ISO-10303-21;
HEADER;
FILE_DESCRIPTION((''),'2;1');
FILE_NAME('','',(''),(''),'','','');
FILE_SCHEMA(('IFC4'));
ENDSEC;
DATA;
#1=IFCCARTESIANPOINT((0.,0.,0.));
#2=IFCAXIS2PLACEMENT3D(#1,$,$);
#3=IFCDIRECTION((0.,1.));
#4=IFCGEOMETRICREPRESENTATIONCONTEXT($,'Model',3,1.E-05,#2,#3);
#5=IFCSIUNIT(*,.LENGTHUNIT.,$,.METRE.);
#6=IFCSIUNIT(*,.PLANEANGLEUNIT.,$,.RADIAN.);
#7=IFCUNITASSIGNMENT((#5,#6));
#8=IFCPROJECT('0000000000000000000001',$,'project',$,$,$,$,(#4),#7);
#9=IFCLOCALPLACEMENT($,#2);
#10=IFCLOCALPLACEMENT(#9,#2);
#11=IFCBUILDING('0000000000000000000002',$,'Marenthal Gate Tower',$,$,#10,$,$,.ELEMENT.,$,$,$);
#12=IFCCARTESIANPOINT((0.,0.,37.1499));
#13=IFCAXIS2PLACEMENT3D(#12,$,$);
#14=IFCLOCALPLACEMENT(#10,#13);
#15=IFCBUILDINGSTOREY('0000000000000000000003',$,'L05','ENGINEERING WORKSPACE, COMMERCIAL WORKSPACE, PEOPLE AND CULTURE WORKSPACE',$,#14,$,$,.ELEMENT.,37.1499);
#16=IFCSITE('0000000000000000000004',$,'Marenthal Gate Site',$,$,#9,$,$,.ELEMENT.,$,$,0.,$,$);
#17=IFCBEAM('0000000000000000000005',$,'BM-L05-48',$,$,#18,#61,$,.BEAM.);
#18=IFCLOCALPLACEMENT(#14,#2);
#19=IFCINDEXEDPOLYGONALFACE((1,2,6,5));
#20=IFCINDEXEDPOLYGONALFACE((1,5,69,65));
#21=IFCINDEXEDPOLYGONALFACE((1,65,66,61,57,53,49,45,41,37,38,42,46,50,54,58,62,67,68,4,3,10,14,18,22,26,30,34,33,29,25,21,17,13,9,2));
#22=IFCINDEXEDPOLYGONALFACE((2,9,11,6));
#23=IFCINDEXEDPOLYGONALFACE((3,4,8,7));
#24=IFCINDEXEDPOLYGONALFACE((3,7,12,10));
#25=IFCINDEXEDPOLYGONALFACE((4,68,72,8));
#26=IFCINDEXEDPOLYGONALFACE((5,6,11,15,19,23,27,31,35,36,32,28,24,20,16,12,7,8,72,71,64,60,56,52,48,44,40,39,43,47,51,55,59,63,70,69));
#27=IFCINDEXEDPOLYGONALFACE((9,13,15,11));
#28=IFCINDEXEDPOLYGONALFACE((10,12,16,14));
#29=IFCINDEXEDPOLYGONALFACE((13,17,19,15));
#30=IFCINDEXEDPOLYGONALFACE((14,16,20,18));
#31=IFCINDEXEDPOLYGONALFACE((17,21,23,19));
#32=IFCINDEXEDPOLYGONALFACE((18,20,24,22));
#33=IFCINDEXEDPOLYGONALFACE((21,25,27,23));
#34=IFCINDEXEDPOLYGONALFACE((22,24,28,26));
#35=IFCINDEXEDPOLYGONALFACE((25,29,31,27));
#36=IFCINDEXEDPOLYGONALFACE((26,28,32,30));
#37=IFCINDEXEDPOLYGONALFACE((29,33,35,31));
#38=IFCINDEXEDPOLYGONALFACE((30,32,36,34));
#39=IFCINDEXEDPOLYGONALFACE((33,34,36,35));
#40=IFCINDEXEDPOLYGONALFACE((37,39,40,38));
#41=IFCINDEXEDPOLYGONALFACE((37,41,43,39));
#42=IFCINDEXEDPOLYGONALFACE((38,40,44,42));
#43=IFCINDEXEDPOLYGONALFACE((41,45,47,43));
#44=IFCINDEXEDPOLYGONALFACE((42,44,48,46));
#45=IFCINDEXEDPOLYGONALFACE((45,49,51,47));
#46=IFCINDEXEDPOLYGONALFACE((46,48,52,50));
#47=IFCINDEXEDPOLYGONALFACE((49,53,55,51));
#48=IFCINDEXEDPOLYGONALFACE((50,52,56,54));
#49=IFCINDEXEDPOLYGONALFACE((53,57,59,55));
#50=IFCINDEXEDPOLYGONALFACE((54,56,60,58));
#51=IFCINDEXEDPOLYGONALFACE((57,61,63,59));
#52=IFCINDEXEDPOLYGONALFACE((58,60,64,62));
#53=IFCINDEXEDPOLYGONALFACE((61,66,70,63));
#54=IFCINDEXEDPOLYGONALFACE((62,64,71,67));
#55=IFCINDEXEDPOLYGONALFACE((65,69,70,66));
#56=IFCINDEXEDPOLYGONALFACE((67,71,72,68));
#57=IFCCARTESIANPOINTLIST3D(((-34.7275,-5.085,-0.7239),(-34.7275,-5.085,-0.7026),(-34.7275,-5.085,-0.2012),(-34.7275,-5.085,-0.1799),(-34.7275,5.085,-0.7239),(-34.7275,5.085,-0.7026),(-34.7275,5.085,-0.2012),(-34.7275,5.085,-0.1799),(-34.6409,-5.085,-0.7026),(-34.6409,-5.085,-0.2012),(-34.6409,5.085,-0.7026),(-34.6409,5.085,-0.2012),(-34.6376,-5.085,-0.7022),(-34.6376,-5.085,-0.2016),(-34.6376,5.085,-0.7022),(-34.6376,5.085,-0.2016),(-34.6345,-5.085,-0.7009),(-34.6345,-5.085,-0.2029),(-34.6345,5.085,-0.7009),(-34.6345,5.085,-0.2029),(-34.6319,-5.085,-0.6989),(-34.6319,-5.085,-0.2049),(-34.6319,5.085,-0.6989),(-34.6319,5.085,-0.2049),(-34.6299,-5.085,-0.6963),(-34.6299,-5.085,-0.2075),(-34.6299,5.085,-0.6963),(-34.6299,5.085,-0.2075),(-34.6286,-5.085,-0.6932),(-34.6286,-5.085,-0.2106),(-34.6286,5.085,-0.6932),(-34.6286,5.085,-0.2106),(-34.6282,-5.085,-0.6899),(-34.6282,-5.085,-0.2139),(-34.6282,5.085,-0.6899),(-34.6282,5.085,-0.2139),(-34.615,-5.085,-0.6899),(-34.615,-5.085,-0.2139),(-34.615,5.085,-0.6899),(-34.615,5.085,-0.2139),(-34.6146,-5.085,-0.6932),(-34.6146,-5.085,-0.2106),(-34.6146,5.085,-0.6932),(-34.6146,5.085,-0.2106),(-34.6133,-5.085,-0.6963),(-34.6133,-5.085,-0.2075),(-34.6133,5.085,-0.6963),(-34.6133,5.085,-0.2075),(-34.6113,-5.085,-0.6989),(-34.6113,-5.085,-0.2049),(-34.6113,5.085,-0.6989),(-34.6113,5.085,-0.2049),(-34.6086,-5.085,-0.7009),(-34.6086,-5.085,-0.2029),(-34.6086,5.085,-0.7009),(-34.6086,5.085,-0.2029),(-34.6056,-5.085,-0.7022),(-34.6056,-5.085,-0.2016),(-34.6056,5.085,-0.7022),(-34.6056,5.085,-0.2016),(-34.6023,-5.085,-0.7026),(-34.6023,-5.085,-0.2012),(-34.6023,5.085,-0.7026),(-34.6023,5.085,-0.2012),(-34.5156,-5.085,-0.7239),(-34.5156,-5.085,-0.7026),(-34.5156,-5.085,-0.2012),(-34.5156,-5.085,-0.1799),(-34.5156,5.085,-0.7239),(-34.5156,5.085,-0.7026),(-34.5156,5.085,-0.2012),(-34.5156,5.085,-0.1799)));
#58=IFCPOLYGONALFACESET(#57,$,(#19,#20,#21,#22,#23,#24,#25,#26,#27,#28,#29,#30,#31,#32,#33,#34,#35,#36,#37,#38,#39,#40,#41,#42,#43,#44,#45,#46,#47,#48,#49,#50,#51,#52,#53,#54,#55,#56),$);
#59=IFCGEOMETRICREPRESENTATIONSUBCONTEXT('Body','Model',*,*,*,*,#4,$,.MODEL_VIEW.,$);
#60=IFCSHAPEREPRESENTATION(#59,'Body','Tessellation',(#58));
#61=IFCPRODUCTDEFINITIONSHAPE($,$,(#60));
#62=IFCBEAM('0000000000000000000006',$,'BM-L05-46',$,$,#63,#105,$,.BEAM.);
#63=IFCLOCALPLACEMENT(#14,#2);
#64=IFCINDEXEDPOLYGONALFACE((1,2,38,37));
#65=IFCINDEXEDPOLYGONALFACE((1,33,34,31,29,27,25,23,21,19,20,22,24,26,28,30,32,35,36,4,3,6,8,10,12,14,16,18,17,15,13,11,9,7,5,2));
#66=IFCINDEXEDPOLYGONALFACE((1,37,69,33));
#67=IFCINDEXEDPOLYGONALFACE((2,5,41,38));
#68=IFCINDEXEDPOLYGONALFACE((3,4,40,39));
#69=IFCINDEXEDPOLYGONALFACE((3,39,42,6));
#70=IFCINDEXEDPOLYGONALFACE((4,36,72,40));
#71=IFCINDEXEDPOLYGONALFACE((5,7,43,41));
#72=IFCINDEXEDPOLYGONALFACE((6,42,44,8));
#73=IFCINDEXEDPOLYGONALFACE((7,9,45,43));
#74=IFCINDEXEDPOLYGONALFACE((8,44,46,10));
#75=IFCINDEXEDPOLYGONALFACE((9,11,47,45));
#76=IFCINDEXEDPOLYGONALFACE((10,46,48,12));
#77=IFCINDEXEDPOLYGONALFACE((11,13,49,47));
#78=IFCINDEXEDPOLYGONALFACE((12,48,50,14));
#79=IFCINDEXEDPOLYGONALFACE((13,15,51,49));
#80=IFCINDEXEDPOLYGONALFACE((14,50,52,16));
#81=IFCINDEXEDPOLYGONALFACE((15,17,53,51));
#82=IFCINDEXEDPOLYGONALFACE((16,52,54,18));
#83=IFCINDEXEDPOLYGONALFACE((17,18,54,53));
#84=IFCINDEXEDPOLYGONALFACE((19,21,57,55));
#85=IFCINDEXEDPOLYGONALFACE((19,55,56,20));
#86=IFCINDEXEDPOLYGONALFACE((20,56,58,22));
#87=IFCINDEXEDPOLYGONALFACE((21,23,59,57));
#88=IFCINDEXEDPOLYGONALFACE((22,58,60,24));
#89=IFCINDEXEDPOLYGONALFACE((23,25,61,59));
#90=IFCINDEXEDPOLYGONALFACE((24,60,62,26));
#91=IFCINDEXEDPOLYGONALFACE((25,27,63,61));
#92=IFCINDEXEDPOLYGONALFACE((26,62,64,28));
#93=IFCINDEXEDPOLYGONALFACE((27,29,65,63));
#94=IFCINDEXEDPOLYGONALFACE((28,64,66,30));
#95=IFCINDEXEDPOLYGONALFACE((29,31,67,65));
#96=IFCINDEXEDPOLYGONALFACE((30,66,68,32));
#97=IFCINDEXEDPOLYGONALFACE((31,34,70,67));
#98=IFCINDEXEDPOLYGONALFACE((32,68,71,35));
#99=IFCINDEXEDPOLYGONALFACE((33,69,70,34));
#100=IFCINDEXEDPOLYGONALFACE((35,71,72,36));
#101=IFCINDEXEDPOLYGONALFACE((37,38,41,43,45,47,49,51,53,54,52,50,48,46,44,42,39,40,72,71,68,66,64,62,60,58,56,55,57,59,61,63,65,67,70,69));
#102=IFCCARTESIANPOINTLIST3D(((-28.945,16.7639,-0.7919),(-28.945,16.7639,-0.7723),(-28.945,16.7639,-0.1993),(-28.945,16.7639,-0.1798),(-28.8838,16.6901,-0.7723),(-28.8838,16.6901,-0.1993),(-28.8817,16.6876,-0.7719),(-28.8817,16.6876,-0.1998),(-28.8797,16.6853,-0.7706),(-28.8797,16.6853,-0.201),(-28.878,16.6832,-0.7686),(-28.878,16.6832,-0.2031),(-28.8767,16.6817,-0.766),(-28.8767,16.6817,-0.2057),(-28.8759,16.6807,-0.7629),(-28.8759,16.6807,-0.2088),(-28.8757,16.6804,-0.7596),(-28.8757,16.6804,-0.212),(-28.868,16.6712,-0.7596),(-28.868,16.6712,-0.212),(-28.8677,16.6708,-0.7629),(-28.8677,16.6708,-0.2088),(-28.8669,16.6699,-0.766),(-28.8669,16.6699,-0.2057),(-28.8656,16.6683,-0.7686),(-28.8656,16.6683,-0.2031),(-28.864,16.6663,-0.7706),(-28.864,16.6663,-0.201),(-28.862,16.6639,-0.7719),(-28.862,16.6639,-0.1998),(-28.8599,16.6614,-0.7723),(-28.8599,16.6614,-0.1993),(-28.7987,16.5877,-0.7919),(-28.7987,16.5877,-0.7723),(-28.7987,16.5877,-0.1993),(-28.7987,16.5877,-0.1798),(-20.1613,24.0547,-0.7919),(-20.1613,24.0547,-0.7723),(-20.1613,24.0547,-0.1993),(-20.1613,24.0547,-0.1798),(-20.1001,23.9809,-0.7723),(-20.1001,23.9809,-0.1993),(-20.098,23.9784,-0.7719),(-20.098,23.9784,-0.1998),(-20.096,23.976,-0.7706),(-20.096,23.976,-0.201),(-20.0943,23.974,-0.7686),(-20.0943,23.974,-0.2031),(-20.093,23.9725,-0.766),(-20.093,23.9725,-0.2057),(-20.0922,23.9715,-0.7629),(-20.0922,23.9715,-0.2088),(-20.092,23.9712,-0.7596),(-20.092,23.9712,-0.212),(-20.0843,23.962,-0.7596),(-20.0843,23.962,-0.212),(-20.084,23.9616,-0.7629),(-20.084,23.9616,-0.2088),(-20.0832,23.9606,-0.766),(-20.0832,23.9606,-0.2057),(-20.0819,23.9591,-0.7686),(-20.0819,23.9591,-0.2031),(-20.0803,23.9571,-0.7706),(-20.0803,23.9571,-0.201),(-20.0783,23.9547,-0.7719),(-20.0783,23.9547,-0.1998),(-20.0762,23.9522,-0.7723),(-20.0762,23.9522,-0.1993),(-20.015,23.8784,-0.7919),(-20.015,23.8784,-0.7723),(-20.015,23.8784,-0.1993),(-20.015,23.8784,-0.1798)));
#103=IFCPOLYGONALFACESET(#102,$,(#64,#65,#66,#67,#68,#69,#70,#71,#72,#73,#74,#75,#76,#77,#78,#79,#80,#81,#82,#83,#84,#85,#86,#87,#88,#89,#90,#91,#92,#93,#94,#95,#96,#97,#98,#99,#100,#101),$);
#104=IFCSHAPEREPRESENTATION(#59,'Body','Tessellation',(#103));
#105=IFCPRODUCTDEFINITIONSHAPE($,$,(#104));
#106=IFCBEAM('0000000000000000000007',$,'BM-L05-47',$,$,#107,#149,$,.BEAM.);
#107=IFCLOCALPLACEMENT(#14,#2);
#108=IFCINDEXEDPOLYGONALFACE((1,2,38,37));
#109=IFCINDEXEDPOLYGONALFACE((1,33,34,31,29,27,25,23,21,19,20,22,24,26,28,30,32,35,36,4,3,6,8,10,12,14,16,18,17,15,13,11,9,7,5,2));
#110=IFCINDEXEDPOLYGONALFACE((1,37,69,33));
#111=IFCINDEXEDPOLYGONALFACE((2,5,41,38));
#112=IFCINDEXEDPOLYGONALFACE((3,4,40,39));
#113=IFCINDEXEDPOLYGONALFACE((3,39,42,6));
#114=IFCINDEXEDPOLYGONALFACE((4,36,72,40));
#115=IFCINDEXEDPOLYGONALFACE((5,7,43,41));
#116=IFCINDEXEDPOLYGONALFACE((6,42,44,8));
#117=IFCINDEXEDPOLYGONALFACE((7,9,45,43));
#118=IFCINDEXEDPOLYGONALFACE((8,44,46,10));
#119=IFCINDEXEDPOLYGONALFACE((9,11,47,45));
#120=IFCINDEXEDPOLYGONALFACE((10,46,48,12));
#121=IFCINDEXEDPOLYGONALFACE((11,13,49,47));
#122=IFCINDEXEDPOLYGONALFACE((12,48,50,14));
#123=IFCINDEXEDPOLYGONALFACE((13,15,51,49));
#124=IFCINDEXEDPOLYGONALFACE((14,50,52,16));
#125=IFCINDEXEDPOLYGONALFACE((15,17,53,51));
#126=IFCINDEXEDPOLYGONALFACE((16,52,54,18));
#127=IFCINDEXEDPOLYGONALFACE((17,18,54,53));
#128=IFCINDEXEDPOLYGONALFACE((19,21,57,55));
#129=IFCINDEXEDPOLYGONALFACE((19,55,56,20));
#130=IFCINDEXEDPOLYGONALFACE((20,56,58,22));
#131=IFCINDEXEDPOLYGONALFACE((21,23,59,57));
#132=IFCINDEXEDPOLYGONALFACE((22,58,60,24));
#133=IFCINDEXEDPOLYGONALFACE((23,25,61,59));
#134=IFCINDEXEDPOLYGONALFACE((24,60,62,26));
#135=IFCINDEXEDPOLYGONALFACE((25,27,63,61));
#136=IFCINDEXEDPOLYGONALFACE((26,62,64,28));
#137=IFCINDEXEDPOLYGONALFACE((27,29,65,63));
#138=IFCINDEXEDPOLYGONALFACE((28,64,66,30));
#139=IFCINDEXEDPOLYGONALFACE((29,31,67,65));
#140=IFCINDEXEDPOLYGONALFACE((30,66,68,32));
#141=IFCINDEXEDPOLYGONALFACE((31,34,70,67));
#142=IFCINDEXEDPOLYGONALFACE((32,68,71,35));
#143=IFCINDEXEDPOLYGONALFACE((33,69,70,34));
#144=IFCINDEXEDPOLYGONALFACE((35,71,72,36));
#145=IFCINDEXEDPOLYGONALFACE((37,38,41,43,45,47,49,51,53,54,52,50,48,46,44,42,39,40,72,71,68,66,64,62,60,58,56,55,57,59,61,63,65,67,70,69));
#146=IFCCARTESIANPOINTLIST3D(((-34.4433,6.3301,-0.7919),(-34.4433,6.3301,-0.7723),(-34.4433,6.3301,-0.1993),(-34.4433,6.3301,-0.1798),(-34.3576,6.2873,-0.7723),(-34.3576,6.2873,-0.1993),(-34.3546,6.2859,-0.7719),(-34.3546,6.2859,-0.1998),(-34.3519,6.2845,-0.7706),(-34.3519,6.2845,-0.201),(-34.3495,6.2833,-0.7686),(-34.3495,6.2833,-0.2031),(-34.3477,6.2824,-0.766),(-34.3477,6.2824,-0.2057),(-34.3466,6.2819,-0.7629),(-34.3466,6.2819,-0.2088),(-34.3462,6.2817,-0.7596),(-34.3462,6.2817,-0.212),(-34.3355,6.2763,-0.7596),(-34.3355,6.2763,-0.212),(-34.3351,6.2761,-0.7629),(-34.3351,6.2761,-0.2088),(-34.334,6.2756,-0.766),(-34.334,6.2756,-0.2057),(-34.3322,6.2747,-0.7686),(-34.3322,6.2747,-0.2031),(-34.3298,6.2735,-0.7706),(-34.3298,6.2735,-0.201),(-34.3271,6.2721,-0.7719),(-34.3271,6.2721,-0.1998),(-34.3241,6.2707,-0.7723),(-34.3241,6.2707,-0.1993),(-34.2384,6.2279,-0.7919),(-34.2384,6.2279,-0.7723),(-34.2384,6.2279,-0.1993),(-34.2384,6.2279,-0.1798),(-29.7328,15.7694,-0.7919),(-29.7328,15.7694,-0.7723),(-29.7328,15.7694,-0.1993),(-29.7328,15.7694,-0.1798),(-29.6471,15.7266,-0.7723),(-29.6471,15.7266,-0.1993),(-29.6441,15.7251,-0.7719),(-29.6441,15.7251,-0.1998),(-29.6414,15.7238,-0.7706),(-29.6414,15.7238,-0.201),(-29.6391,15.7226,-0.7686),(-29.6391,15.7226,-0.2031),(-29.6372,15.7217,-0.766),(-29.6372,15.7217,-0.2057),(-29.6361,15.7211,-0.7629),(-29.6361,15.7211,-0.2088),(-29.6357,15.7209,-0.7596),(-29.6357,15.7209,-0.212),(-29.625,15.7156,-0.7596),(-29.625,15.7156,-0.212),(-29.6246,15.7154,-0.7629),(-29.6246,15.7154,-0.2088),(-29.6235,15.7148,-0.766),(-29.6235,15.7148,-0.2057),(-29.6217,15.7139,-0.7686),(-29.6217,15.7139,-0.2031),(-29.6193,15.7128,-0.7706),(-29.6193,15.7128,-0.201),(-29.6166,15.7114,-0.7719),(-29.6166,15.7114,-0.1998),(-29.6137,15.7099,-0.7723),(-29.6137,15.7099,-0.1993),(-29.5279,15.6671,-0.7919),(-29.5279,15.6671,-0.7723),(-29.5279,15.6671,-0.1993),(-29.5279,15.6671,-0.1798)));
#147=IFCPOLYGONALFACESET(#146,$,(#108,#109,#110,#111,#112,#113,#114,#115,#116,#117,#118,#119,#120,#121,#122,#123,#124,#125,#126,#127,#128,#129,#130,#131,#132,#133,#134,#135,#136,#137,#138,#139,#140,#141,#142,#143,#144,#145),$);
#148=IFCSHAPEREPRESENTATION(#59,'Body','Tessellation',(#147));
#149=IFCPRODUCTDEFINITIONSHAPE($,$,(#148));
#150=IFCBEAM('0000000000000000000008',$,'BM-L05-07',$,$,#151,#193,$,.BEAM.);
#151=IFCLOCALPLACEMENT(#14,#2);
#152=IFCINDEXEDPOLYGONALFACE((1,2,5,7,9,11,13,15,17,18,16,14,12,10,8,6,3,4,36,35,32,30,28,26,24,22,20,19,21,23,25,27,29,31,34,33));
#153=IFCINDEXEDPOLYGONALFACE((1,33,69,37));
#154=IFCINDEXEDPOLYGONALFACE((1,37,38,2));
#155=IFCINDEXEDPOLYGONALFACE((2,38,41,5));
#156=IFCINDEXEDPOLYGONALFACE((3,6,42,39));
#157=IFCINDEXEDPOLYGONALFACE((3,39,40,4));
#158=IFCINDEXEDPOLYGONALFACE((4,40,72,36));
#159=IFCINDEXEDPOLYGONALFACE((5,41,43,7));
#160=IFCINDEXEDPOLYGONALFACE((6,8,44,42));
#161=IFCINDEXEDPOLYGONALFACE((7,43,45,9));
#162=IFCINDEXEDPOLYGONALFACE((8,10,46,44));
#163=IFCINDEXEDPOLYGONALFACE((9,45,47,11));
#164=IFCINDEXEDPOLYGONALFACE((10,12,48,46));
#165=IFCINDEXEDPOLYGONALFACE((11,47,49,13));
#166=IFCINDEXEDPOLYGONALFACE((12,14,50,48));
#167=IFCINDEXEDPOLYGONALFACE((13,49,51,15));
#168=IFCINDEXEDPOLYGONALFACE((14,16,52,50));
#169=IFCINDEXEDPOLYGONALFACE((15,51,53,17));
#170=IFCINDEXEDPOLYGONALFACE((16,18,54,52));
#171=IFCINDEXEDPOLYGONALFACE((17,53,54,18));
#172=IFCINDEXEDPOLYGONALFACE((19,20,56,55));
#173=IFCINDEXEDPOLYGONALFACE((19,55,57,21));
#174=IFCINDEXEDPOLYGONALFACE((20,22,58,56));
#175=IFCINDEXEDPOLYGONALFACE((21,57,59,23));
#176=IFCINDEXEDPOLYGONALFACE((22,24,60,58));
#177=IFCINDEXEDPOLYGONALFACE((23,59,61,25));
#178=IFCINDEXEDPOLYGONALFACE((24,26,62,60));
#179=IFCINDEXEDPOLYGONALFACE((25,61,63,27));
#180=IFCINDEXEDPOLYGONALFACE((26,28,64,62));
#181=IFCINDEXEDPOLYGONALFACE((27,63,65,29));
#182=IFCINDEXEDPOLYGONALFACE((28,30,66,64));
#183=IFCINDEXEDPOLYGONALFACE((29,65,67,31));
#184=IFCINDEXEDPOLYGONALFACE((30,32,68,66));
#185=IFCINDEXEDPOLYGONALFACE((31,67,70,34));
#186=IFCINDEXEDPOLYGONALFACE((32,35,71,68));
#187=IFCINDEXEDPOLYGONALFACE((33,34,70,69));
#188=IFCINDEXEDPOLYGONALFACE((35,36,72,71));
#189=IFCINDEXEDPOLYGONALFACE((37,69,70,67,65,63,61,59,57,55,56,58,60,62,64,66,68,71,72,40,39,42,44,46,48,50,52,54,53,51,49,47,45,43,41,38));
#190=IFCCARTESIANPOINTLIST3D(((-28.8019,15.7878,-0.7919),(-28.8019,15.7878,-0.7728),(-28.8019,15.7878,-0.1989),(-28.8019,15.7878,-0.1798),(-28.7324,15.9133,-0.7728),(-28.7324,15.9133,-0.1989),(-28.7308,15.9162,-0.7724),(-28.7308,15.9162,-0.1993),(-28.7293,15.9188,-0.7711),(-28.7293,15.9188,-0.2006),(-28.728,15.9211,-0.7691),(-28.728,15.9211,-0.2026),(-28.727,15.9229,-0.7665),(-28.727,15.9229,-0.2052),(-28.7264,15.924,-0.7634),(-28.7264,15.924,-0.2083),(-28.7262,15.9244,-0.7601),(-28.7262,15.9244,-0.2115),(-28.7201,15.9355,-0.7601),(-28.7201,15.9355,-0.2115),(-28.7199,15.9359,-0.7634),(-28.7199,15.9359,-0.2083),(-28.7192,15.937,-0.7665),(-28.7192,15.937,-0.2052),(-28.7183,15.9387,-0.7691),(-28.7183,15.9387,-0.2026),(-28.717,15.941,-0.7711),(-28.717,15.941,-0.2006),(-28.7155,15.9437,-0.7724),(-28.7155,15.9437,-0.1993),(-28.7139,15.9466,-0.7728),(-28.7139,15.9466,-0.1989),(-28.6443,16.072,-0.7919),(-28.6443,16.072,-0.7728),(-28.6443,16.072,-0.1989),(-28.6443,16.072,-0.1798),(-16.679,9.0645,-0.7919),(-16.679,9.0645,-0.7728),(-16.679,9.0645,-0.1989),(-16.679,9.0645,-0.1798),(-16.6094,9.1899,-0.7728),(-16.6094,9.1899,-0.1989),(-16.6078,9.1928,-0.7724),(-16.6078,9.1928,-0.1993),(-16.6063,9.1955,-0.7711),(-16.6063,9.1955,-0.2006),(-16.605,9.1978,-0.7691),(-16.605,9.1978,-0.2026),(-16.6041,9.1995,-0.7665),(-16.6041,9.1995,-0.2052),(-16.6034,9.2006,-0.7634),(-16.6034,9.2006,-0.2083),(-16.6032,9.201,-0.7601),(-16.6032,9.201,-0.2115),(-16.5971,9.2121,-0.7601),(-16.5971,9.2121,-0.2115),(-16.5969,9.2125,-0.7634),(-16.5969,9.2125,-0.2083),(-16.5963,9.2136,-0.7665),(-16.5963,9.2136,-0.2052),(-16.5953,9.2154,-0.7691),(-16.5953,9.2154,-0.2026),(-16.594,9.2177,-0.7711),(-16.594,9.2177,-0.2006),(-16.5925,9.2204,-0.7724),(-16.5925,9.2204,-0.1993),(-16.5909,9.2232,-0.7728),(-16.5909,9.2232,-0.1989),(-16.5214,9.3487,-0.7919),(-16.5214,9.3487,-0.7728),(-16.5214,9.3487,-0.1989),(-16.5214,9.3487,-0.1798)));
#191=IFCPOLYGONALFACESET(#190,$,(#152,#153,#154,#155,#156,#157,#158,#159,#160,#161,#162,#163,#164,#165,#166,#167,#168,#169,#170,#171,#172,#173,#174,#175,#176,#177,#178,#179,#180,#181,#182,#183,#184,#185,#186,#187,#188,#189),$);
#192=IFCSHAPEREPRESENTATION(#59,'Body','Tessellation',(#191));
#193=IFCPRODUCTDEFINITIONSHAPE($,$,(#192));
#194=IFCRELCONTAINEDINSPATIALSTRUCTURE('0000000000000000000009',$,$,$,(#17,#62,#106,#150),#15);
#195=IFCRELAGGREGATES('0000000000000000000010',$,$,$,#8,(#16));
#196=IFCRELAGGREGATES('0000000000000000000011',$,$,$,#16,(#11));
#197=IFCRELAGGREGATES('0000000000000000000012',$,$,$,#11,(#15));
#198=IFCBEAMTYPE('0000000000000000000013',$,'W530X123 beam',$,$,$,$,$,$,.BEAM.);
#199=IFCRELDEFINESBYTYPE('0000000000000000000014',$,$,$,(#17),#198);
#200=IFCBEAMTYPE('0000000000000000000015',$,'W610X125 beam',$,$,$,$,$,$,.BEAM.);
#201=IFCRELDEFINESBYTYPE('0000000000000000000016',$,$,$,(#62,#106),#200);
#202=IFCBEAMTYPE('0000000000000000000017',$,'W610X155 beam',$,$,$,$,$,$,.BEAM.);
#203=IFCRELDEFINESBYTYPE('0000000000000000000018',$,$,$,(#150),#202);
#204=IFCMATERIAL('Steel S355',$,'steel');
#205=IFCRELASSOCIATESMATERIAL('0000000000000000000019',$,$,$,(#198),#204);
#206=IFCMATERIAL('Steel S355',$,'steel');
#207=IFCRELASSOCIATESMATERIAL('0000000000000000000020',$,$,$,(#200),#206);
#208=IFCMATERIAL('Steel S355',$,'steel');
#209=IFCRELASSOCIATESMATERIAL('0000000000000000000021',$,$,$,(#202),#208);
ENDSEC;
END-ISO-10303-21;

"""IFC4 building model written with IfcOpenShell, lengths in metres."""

from ifc_helpers import new_model, si_unit, direction, frame, origin, origin_2d, place, context, subcontext, project, spatial, i_section, extrude, material, material_profile, profile_set, type_object, element, save


model = new_model("IFC4")

# Units and contexts
model_context = context("Model", 3, precision=1e-05, world=origin(), true_north=direction((0.0, 1.0)))
body_context = subcontext(model_context, "Body", "Model", "MODEL_VIEW")
ifc_project = project(units=[si_unit("LENGTHUNIT", "METRE"), si_unit("PLANEANGLEUNIT", "RADIAN")], contexts=[model_context])

# Site, building, storey
site_placement = place(None, origin())
site = spatial("IfcSite", under=ifc_project, at=site_placement, Name="Marenthal Gate Site", CompositionType="ELEMENT", RefElevation=0.0)
building_placement = place(site_placement, origin())
building = spatial("IfcBuilding", under=site, at=building_placement, Name="Marenthal Gate Tower", CompositionType="ELEMENT")
storey_placement = place(building_placement, frame((0.0, 0.0, 37.1499)))
storey = spatial("IfcBuildingStorey", under=building, at=storey_placement, Name="L05", Description="ENGINEERING WORKSPACE, COMMERCIAL WORKSPACE, PEOPLE AND CULTURE WORKSPACE", CompositionType="ELEMENT", Elevation=37.1499)

# Beams
ifc_material_1 = material(Name="Steel S355", Category="steel")
ifc_material_profile_1 = material_profile(ifc_material_1, i_section(OverallWidth=0.2119, OverallDepth=0.5439, WebThickness=0.0132, FlangeThickness=0.0212, FilletRadius=0.0127, at=origin_2d()), Name="W530X123")
ifc_profile_set_1 = profile_set([ifc_material_profile_1], Name="Steel S355")
beam_type_1 = type_object("IfcBeamType", Name="W530X123 beam", PredefinedType="BEAM", material=ifc_profile_set_1)
beam_1_placement = place(storey_placement, frame((-34.6216, 5.085, -0.4519), z_axis=(0.0, -1.0, 0.0), x_axis=(1.0, 0.0, 0.0)))
element("IfcBeam", 1, at=beam_1_placement, inside=storey, type_object=beam_type_1, Name="BM-L05-48", PredefinedType="BEAM", context=body_context, shape_type="SweptSolid", body=[
    extrude(i_section(OverallWidth=0.2119, OverallDepth=0.5439, WebThickness=0.0132, FlangeThickness=0.0212, FilletRadius=0.0127, at=origin_2d()), origin(), (0.0, 0.0, 1.0), 10.1699),
])
ifc_material_2 = material(Name="Steel S355", Category="steel")
ifc_material_profile_2 = material_profile(ifc_material_2, i_section(OverallWidth=0.229, OverallDepth=0.6121, WebThickness=0.012, FlangeThickness=0.0195, FilletRadius=0.0127, at=origin_2d()), Name="W610X125")
ifc_profile_set_2 = profile_set([ifc_material_profile_2], Name="Steel S355")
beam_type_2 = type_object("IfcBeamType", Name="W610X125 beam", PredefinedType="BEAM", material=ifc_profile_set_2)
beam_2_placement = place(storey_placement, frame((-20.0881, 23.9666, -0.4858), z_axis=(-0.769468, -0.638685, 0.0), x_axis=(0.638685, -0.769468, 0.0)))
element("IfcBeam", 2, at=beam_2_placement, inside=storey, type_object=beam_type_2, Name="BM-L05-46", PredefinedType="BEAM", context=body_context, shape_type="SweptSolid", body=[
    extrude(i_section(OverallWidth=0.229, OverallDepth=0.6121, WebThickness=0.012, FlangeThickness=0.0195, FilletRadius=0.0127, at=origin_2d()), origin(), (0.0, 0.0, 1.0), 11.4153),
])
beam_3_placement = place(storey_placement, frame((-29.6304, 15.7183, -0.4858), z_axis=(-0.446519, -0.894774, 0.0), x_axis=(0.894774, -0.446519, 0.0)))
element("IfcBeam", 3, at=beam_3_placement, inside=storey, type_object=beam_type_2, Name="BM-L05-47", PredefinedType="BEAM", context=body_context, shape_type="SweptSolid", body=[
    extrude(i_section(OverallWidth=0.229, OverallDepth=0.6121, WebThickness=0.012, FlangeThickness=0.0195, FilletRadius=0.0127, at=origin_2d()), origin(), (0.0, 0.0, 1.0), 10.5493),
])
ifc_material_3 = material(Name="Steel S355", Category="steel")
ifc_material_profile_3 = material_profile(ifc_material_3, i_section(OverallWidth=0.325, OverallDepth=0.6121, WebThickness=0.0127, FlangeThickness=0.019, FilletRadius=0.0127, at=origin_2d()), Name="W610X155")
ifc_profile_set_3 = profile_set([ifc_material_profile_3], Name="Steel S355")
beam_type_3 = type_object("IfcBeamType", Name="W610X155 beam", PredefinedType="BEAM", material=ifc_profile_set_3)
beam_4_placement = place(storey_placement, frame((-28.7231, 15.9299, -0.4858), z_axis=(0.874513, -0.485001, 0.0), x_axis=(0.485001, 0.874513, 0.0)))
element("IfcBeam", 4, at=beam_4_placement, inside=storey, type_object=beam_type_3, Name="BM-L05-07", PredefinedType="BEAM", context=body_context, shape_type="SweptSolid", body=[
    extrude(i_section(OverallWidth=0.325, OverallDepth=0.6121, WebThickness=0.0127, FlangeThickness=0.019, FilletRadius=0.0127, at=origin_2d()), origin(), (0.0, 0.0, 1.0), 13.8625),
])

save(model, "model.ifc")
